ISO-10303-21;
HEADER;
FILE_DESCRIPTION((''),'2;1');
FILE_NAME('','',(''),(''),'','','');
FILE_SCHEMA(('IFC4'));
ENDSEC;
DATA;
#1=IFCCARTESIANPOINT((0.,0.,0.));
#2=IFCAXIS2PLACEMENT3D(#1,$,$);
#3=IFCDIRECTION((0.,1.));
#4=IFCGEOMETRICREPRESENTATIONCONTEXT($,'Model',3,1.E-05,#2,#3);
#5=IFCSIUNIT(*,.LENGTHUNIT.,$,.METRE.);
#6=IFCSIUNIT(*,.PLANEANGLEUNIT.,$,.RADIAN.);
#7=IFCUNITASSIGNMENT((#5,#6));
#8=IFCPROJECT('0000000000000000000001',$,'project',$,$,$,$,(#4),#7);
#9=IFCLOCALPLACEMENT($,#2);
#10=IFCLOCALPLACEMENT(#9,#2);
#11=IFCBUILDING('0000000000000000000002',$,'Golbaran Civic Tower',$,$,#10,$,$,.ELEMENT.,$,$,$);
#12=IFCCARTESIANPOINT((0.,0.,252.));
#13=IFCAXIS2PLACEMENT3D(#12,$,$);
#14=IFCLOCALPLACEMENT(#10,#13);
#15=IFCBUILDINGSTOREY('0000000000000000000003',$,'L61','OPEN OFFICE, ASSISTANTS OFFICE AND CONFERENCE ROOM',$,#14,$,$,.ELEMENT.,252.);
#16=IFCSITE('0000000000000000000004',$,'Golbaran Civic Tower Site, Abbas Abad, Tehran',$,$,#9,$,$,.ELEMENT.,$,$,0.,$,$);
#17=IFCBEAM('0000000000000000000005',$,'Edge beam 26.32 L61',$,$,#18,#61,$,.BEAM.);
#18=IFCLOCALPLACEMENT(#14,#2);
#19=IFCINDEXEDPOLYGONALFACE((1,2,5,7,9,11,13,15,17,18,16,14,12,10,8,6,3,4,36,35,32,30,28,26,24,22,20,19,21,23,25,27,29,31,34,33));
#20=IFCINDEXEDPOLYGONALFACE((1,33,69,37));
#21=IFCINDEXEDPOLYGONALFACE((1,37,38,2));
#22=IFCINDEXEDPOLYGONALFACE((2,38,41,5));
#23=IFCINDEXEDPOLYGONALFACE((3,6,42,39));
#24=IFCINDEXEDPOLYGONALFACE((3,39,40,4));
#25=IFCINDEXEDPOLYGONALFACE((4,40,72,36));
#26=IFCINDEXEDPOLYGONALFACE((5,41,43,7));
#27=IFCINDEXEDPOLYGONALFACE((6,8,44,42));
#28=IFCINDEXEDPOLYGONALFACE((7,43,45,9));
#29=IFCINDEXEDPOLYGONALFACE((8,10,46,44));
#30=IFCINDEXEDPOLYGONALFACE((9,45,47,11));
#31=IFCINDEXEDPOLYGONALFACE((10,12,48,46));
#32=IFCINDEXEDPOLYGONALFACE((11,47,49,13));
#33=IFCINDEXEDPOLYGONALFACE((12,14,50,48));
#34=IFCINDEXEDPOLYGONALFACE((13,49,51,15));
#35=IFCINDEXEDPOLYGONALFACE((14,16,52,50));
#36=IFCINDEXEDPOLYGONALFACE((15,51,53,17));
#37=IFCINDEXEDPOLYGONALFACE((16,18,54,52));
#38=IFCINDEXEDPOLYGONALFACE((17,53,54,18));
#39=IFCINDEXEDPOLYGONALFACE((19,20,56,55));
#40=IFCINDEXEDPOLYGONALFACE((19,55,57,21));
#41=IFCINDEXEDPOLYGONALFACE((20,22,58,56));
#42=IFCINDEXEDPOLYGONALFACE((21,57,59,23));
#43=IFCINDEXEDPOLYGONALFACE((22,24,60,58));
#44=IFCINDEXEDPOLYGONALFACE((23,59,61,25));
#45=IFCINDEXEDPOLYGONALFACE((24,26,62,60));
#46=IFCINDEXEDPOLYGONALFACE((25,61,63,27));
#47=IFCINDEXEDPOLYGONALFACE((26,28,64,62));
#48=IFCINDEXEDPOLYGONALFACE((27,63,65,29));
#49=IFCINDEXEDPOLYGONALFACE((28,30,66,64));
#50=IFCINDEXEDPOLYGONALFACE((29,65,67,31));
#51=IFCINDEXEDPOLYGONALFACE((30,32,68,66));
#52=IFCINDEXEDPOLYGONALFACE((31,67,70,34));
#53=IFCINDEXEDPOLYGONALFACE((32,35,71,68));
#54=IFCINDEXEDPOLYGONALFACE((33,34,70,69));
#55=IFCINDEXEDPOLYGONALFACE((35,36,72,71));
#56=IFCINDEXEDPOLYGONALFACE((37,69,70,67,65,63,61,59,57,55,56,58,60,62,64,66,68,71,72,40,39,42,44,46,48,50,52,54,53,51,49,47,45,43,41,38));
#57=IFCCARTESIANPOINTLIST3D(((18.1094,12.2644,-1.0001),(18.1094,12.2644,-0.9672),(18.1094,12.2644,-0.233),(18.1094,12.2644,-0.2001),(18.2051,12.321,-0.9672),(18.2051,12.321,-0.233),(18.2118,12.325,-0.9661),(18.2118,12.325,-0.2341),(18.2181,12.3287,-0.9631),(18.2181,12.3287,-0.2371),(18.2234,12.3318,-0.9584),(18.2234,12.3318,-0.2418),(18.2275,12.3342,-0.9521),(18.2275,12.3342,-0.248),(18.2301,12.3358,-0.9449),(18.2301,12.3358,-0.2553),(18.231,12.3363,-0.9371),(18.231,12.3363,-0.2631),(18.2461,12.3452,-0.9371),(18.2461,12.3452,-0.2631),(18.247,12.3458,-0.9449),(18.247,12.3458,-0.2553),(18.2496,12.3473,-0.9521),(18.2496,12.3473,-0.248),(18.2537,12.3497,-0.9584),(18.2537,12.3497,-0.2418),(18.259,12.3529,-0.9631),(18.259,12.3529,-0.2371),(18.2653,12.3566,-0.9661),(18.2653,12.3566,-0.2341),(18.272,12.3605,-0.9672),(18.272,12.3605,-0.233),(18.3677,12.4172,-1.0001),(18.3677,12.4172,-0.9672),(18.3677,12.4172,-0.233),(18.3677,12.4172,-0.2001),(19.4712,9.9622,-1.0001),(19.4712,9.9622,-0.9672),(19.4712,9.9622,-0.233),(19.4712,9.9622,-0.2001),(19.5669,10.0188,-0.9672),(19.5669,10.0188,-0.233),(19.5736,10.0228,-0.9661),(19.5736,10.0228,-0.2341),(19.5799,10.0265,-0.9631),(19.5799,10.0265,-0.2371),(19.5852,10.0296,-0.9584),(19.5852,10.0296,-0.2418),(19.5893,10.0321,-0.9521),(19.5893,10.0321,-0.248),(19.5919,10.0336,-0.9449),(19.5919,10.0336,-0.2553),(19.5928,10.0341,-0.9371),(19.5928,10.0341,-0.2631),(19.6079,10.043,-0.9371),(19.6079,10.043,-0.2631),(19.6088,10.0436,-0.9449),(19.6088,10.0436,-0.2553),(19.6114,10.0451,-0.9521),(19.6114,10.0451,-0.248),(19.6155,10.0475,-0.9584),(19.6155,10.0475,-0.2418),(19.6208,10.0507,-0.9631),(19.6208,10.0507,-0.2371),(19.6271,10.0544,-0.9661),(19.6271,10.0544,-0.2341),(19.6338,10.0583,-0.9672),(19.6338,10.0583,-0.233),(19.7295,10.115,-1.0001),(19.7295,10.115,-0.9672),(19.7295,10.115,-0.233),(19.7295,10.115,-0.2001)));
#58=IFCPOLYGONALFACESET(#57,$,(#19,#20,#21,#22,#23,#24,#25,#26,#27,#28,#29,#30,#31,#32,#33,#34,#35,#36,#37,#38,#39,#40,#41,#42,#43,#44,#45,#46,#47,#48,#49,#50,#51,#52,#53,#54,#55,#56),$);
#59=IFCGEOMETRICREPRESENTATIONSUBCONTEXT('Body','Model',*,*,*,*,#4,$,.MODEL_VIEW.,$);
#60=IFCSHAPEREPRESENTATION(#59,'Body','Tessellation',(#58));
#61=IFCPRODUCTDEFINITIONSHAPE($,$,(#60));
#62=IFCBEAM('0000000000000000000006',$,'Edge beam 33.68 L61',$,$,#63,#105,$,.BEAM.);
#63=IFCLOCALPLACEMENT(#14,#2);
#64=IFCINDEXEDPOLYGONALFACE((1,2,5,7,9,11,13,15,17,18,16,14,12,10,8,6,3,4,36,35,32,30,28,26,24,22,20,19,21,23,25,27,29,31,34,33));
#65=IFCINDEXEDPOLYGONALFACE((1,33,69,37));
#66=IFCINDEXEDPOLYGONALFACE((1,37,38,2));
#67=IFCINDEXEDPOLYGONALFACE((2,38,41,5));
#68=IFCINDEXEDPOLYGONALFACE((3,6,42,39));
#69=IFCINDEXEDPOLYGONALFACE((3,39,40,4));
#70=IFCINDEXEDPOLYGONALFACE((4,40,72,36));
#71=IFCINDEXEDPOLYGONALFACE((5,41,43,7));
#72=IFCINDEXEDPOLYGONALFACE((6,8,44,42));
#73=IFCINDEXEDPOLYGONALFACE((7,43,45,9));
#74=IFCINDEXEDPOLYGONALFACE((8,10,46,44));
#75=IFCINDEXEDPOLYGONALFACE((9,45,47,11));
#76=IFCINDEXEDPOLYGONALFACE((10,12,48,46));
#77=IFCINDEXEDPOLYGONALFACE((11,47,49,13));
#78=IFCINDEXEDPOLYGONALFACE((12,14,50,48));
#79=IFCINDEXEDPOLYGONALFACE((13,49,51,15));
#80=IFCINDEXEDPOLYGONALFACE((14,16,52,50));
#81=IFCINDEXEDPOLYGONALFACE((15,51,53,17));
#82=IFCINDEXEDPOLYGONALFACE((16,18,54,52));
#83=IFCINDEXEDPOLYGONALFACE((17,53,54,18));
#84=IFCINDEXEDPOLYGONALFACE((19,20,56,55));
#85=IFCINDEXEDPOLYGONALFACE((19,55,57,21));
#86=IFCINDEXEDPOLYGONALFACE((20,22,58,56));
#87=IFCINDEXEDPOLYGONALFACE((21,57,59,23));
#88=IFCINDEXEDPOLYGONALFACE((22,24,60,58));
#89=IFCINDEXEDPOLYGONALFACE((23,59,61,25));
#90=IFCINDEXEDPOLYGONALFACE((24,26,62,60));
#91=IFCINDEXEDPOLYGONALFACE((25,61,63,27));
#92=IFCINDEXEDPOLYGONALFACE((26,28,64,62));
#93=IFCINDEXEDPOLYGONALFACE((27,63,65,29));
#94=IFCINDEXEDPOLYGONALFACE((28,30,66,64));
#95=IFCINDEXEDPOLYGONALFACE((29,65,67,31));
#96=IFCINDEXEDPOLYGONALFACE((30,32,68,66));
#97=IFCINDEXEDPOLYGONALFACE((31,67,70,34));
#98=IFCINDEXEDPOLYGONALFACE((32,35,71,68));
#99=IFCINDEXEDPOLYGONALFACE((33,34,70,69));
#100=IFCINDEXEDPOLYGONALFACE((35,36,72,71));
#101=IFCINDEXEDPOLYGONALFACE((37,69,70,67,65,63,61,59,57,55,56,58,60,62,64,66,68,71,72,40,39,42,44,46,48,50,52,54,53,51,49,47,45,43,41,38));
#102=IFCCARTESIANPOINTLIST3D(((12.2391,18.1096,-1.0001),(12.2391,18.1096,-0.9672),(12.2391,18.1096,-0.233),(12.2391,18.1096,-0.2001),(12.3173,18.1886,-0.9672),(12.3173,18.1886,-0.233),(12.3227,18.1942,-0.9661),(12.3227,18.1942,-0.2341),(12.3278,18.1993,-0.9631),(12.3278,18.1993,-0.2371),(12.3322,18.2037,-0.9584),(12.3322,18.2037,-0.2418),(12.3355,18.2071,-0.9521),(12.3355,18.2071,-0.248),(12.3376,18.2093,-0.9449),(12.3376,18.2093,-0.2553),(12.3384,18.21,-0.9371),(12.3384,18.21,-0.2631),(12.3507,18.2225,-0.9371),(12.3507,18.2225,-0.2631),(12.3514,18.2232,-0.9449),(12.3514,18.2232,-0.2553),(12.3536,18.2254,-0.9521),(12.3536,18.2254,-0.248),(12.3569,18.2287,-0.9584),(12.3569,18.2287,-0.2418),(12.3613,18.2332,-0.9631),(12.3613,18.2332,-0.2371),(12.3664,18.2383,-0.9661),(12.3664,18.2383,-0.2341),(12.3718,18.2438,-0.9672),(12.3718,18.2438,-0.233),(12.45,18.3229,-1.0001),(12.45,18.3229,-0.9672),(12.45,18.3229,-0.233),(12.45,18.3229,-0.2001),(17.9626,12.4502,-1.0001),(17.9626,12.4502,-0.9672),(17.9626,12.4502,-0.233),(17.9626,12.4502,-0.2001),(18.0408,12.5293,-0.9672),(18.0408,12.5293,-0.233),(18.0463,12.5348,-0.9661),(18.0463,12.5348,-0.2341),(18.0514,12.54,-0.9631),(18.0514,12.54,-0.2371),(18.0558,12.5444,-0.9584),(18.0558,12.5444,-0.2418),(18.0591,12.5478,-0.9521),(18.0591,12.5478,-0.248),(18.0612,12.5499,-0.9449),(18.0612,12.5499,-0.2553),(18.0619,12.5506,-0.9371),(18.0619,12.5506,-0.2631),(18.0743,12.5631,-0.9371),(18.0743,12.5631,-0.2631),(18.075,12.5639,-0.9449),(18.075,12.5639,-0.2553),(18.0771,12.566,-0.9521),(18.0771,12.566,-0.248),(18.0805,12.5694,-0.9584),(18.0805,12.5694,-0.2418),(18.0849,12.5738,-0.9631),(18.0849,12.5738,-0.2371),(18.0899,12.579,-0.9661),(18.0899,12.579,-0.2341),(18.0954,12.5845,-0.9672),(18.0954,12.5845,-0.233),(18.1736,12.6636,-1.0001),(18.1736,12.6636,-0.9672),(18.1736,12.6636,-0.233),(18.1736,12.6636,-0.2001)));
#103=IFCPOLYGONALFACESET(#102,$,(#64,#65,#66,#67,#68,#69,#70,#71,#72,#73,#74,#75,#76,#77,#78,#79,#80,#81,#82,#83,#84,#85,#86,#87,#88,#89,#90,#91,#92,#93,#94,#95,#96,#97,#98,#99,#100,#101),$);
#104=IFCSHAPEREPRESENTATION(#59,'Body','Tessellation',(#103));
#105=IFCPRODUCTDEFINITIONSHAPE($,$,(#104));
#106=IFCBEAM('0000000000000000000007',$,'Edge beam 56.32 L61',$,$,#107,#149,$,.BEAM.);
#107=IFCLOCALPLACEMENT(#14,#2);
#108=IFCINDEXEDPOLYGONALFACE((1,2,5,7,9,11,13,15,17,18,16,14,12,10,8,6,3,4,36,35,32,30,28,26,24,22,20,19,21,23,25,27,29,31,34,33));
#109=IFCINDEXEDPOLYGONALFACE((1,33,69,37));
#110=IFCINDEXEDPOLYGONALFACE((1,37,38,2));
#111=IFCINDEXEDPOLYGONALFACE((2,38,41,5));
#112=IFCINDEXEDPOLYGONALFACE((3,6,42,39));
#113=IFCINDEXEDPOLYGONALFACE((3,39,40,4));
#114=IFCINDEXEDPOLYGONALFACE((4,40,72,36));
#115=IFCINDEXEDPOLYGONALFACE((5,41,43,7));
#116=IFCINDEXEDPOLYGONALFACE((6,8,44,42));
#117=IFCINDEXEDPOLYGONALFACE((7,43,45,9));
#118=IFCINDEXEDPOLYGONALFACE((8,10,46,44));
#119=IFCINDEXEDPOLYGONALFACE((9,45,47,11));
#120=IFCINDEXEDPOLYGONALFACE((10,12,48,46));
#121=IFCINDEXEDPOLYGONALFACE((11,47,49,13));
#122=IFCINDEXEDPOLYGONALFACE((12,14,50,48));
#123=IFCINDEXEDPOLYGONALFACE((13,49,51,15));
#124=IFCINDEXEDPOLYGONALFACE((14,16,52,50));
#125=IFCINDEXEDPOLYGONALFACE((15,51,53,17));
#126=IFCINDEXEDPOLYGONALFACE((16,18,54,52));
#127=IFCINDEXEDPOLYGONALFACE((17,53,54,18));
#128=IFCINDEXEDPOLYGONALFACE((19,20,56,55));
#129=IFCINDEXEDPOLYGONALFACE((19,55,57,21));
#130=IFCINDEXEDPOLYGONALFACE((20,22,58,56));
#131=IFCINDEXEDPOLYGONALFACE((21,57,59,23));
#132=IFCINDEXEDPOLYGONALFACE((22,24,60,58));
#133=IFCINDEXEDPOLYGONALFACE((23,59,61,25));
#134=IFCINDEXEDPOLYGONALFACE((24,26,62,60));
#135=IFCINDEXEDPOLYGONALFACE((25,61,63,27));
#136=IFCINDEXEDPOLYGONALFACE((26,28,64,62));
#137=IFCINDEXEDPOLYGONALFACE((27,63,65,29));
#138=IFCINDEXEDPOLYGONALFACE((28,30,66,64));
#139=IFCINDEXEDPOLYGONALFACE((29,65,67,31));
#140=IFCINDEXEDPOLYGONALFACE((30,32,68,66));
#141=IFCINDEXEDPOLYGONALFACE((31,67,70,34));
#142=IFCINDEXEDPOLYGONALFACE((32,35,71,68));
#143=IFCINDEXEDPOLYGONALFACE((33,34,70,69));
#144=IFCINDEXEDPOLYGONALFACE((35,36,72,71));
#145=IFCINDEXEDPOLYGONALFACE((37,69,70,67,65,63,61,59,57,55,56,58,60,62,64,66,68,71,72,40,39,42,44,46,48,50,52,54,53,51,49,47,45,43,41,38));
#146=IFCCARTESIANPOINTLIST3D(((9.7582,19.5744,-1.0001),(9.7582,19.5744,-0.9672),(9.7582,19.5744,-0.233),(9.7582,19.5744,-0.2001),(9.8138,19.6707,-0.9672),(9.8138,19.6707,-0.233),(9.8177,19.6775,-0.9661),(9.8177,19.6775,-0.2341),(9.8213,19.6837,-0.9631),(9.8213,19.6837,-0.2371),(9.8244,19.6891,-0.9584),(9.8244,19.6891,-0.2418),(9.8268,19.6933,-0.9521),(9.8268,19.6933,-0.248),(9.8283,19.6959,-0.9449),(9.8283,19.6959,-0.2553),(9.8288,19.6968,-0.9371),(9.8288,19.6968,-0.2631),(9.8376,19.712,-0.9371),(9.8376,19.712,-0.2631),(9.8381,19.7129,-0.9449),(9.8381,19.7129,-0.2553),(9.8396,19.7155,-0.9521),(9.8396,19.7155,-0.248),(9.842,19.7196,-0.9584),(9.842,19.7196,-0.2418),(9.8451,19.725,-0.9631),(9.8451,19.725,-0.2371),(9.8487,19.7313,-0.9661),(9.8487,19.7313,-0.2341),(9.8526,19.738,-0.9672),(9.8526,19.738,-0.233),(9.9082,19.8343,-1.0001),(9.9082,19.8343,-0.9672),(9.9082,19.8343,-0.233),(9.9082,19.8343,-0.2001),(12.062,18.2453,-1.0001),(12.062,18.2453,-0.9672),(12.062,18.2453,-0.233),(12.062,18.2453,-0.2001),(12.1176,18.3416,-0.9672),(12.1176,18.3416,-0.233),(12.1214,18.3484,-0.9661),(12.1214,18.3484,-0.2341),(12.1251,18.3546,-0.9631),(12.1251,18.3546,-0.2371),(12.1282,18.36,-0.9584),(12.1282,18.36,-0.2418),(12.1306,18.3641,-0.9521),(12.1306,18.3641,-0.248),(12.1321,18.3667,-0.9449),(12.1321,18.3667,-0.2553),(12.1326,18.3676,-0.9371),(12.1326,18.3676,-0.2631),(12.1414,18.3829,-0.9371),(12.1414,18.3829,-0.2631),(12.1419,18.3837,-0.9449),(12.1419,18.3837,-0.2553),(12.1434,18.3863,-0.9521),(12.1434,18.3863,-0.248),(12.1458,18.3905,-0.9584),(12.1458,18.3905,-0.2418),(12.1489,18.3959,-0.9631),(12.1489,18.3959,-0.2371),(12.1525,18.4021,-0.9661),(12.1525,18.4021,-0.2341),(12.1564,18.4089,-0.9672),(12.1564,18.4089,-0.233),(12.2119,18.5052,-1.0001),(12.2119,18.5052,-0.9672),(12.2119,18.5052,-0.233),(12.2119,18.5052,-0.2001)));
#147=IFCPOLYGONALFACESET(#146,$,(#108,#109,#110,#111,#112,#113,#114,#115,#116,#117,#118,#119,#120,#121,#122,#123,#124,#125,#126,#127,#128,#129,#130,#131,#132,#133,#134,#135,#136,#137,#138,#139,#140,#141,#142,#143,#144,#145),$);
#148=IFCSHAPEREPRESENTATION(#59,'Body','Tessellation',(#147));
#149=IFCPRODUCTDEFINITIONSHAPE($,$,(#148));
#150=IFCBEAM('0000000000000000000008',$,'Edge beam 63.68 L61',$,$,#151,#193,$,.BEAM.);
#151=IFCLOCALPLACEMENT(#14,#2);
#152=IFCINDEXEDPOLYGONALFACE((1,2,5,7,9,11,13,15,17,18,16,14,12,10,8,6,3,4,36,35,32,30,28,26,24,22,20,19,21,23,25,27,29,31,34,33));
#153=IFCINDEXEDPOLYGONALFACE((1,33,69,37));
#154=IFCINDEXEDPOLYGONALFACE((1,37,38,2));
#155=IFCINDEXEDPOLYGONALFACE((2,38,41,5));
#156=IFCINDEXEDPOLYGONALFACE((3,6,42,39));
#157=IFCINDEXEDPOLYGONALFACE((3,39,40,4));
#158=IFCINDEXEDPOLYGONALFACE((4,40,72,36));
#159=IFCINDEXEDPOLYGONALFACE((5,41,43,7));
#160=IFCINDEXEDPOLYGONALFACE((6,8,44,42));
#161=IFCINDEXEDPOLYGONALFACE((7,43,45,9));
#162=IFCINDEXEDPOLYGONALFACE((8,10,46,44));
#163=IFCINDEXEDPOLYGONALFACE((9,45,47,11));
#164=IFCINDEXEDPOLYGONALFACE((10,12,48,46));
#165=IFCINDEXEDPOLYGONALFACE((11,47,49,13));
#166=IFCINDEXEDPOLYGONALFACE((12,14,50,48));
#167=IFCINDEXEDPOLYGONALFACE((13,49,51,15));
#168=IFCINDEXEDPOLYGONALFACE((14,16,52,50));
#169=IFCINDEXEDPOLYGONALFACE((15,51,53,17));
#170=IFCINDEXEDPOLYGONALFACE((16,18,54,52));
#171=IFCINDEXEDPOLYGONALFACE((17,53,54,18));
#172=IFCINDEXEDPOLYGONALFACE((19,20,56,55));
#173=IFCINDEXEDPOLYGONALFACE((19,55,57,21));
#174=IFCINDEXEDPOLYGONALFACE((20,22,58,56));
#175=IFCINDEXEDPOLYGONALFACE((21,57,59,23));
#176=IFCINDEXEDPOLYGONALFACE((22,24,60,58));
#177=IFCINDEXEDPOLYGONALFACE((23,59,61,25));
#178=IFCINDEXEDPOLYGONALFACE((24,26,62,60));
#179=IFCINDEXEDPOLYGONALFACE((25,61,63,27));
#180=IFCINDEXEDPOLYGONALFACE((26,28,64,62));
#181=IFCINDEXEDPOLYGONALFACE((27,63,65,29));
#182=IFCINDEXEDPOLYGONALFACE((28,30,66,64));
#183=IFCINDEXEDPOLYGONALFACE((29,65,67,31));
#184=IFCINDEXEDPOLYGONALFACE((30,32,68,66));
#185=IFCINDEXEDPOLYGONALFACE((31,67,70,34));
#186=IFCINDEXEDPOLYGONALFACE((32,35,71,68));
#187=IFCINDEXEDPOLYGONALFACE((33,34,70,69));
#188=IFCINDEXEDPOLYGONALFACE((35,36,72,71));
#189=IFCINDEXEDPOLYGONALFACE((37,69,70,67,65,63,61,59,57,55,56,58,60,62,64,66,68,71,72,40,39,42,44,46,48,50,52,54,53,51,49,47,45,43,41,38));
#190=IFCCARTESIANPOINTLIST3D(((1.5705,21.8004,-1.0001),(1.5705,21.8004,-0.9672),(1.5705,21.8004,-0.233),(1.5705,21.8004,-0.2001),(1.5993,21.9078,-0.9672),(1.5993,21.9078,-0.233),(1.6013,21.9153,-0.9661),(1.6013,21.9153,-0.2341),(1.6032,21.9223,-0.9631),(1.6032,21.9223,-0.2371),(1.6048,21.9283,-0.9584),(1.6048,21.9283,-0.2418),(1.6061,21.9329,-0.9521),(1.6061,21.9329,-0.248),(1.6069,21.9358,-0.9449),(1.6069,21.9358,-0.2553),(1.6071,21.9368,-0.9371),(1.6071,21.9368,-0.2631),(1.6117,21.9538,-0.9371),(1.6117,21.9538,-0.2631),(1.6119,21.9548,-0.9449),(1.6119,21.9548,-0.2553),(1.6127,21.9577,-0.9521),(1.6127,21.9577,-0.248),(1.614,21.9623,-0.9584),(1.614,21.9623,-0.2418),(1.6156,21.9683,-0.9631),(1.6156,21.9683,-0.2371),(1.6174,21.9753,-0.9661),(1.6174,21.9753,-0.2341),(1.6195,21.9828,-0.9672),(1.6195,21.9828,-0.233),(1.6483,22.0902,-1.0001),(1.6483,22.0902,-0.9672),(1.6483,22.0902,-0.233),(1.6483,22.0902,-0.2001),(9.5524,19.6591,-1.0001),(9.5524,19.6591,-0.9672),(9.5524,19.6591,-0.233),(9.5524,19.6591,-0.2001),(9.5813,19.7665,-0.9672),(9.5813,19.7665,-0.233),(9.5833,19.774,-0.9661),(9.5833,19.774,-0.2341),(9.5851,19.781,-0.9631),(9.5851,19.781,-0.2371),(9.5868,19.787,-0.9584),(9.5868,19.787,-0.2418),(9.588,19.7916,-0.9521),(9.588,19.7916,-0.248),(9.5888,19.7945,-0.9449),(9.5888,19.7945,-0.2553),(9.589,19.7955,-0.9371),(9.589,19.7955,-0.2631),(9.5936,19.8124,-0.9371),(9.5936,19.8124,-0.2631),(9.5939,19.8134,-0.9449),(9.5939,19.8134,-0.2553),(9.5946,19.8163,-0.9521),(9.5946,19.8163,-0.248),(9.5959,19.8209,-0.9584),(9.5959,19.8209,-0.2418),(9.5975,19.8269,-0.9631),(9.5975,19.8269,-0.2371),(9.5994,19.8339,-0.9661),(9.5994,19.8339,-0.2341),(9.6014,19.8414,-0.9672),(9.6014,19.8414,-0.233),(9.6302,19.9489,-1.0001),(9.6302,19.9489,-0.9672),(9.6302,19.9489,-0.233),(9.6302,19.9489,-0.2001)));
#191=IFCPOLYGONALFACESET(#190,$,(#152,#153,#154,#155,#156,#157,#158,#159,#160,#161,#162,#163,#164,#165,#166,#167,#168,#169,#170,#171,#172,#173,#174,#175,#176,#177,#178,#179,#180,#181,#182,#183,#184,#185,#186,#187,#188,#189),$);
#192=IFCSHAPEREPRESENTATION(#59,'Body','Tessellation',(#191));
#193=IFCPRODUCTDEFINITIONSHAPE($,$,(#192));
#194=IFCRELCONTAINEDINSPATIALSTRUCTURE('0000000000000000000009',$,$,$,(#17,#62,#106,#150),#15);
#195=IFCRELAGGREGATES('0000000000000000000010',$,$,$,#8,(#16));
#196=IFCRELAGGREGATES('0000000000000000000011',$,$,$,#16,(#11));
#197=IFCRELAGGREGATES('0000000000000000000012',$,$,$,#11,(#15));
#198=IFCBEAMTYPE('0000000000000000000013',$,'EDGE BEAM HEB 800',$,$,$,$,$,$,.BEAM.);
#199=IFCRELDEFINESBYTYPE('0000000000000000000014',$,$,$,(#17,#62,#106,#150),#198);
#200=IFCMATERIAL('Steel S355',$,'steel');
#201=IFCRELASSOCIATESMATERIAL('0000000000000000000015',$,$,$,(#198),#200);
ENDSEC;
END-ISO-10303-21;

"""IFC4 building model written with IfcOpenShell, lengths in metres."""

from ifc_helpers import new_model, si_unit, direction, frame, origin, origin_2d, place, context, subcontext, project, spatial, i_section, extrude, material, material_profile, profile_set, type_object, element, save


model = new_model("IFC4")

# Units and contexts
model_context = context("Model", 3, precision=1e-05, world=origin(), true_north=direction((0.0, 1.0)))
body_context = subcontext(model_context, "Body", "Model", "MODEL_VIEW")
ifc_project = project(units=[si_unit("LENGTHUNIT", "METRE"), si_unit("PLANEANGLEUNIT", "RADIAN")], contexts=[model_context])

# Site, building, storey
site_placement = place(None, origin())
site = spatial("IfcSite", under=ifc_project, at=site_placement, Name="Golbaran Civic Tower Site, Abbas Abad, Tehran", CompositionType="ELEMENT", RefElevation=0.0)
building_placement = place(site_placement, origin())
building = spatial("IfcBuilding", under=site, at=building_placement, Name="Golbaran Civic Tower", CompositionType="ELEMENT")
storey_placement = place(building_placement, frame((0.0, 0.0, 252.0)))
storey = spatial("IfcBuildingStorey", under=building, at=storey_placement, Name="L61", Description="OPEN OFFICE, ASSISTANTS OFFICE AND CONFERENCE ROOM", CompositionType="ELEMENT", Elevation=252.0)

# Beams
ifc_material_1 = material(Name="Steel S355", Category="steel")
ifc_material_profile_1 = material_profile(ifc_material_1, i_section(OverallWidth=0.3, OverallDepth=0.8, WebThickness=0.0176, FlangeThickness=0.033, FilletRadius=0.03, at=origin_2d()), Name="HEB 800")
ifc_profile_set_1 = profile_set([ifc_material_profile_1], Name="Steel S355")
beam_type_1 = type_object("IfcBeamType", Name="EDGE BEAM HEB 800", PredefinedType="BEAM", material=ifc_profile_set_1)
beam_1_placement = place(storey_placement, frame((19.6003, 10.0386, -0.6001), z_axis=(-0.509117, 0.860697, 0.0), x_axis=(-0.860697, -0.509117, 0.0)))
element("IfcBeam", 1, at=beam_1_placement, inside=storey, type_object=beam_type_1, Name="Edge beam 26.32 L61", PredefinedType="BEAM", context=body_context, shape_type="SweptSolid", body=[
    extrude(i_section(OverallWidth=0.3, OverallDepth=0.8, WebThickness=0.0176, FlangeThickness=0.033, FilletRadius=0.03, at=origin_2d()), origin(), (0.0, 0.0, 1.0), 2.6748),
])
beam_2_placement = place(storey_placement, frame((18.0681, 12.5569, -0.6001), z_axis=(-0.711084, 0.703107, 0.0), x_axis=(-0.703107, -0.711084, 0.0)))
element("IfcBeam", 2, at=beam_2_placement, inside=storey, type_object=beam_type_1, Name="Edge beam 33.68 L61", PredefinedType="BEAM", context=body_context, shape_type="SweptSolid", body=[
    extrude(i_section(OverallWidth=0.3, OverallDepth=0.8, WebThickness=0.0176, FlangeThickness=0.033, FilletRadius=0.03, at=origin_2d()), origin(), (0.0, 0.0, 1.0), 8.0491),
])
beam_3_placement = place(storey_placement, frame((12.137, 18.3752, -0.6001), z_axis=(-0.866179, 0.499733, 0.0), x_axis=(-0.499733, -0.866179, 0.0)))
element("IfcBeam", 3, at=beam_3_placement, inside=storey, type_object=beam_type_1, Name="Edge beam 56.32 L61", PredefinedType="BEAM", context=body_context, shape_type="SweptSolid", body=[
    extrude(i_section(OverallWidth=0.3, OverallDepth=0.8, WebThickness=0.0176, FlangeThickness=0.033, FilletRadius=0.03, at=origin_2d()), origin(), (0.0, 0.0, 1.0), 2.6597),
])
beam_4_placement = place(storey_placement, frame((9.5913, 19.804, -0.6001), z_axis=(-0.965847, 0.259113, 0.0), x_axis=(-0.259113, -0.965847, 0.0)))
element("IfcBeam", 4, at=beam_4_placement, inside=storey, type_object=beam_type_1, Name="Edge beam 63.68 L61", PredefinedType="BEAM", context=body_context, shape_type="SweptSolid", body=[
    extrude(i_section(OverallWidth=0.3, OverallDepth=0.8, WebThickness=0.0176, FlangeThickness=0.033, FilletRadius=0.03, at=origin_2d()), origin(), (0.0, 0.0, 1.0), 8.2642),
])

save(model, "model.ifc")
